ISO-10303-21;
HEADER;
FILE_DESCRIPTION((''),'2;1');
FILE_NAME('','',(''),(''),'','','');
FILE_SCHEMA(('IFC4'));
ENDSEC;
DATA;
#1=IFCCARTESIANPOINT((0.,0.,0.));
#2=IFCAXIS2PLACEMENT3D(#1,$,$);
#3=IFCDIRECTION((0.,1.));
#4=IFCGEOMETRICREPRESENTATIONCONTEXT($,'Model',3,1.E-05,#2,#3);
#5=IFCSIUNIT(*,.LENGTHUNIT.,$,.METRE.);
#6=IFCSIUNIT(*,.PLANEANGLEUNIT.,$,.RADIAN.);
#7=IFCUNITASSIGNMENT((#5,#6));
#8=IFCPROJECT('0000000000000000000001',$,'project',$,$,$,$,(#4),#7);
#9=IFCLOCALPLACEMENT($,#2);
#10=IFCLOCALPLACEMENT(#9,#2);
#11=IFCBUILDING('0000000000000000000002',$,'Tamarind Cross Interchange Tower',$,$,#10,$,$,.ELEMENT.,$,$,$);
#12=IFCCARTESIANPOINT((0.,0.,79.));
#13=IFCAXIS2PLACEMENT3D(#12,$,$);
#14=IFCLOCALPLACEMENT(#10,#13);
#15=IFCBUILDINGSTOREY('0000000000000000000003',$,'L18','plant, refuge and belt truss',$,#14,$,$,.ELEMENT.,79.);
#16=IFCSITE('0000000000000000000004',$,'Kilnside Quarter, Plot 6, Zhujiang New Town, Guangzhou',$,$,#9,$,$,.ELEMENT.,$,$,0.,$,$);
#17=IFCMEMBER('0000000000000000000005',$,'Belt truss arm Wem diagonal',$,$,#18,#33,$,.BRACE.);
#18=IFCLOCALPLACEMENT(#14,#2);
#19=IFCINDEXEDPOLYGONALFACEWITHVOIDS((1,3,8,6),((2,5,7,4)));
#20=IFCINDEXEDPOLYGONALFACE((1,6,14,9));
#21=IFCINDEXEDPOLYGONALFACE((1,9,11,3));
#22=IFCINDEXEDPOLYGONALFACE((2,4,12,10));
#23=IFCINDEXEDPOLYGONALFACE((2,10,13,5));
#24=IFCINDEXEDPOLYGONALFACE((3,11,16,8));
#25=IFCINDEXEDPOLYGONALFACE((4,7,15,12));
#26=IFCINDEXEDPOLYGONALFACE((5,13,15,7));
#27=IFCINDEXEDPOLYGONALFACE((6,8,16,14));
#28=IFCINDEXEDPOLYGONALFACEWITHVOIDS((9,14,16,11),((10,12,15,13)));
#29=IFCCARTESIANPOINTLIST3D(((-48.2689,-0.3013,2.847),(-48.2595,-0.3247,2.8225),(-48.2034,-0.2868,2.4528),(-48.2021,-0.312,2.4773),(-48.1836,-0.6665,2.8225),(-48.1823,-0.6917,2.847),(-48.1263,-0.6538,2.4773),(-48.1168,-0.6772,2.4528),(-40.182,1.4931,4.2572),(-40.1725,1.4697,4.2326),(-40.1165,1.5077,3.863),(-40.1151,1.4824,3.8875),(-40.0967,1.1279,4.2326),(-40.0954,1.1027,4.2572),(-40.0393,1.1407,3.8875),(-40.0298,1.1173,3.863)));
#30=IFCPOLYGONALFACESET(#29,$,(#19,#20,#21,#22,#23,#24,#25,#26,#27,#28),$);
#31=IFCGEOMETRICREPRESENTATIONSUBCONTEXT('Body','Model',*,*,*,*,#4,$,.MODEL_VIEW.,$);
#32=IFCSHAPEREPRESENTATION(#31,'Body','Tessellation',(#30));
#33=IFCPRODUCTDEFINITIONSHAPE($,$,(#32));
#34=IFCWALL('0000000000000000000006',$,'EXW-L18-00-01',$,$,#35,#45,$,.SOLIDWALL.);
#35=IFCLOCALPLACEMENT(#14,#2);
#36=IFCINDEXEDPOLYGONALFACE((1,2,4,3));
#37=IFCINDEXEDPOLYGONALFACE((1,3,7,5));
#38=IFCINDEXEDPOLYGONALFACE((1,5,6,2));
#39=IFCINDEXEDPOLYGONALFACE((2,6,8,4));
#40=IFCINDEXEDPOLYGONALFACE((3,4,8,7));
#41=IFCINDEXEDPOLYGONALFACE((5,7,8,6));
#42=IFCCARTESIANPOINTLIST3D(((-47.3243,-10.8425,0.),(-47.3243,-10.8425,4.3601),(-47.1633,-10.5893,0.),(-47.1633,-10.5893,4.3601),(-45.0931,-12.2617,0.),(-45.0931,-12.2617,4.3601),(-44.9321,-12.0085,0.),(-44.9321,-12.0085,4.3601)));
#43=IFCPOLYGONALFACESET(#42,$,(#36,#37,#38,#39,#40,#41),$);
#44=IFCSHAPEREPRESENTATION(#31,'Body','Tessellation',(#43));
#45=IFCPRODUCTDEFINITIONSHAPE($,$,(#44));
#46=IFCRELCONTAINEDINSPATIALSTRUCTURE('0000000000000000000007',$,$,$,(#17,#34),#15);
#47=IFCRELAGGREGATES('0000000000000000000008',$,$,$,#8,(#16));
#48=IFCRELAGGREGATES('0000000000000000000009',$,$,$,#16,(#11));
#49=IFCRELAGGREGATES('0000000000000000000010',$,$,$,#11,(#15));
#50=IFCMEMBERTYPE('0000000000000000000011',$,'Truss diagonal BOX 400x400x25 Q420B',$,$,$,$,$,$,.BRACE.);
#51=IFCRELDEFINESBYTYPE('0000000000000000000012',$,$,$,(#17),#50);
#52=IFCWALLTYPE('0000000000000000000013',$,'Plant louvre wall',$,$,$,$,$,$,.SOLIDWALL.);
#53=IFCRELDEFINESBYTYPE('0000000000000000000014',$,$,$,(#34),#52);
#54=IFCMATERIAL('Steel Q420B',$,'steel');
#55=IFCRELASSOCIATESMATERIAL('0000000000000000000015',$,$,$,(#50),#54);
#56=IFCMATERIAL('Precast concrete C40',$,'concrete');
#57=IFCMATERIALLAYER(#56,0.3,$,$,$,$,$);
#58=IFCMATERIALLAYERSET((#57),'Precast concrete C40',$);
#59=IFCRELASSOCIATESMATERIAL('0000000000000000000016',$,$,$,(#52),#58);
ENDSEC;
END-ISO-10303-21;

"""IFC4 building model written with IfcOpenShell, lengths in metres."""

from ifc_helpers import new_model, si_unit, direction, frame, frame_2d, origin, origin_2d, place, context, subcontext, project, spatial, rectangle, hollow_rectangle, extrude, material, layer, layer_set, material_profile, profile_set, type_object, element, save


model = new_model("IFC4")

# Units and contexts
model_context = context("Model", 3, precision=1e-05, world=origin(), true_north=direction((0.0, 1.0)))
body_context = subcontext(model_context, "Body", "Model", "MODEL_VIEW")
ifc_project = project(units=[si_unit("LENGTHUNIT", "METRE"), si_unit("PLANEANGLEUNIT", "RADIAN")], contexts=[model_context])

# Site, building, storey
site_placement = place(None, origin())
site = spatial("IfcSite", under=ifc_project, at=site_placement, Name="Kilnside Quarter, Plot 6, Zhujiang New Town, Guangzhou", CompositionType="ELEMENT", RefElevation=0.0)
building_placement = place(site_placement, origin())
building = spatial("IfcBuilding", under=site, at=building_placement, Name="Tamarind Cross Interchange Tower", CompositionType="ELEMENT")
storey_placement = place(building_placement, frame((0.0, 0.0, 79.0)))
storey = spatial("IfcBuildingStorey", under=building, at=storey_placement, Name="L18", Description="plant, refuge and belt truss", CompositionType="ELEMENT", Elevation=79.0)

# Member
ifc_material_1 = material(Name="Steel Q420B", Category="steel")
ifc_material_profile_1 = material_profile(ifc_material_1, hollow_rectangle(XDim=0.3999, YDim=0.3999, WallThickness=0.0249, at=origin_2d()), Name="BOX 400x400x25")
ifc_profile_set_1 = profile_set([ifc_material_profile_1], Name="Steel Q420B")
member_type_1 = type_object("IfcMemberType", Name="Truss diagonal BOX 400x400x25 Q420B", PredefinedType="BRACE", material=ifc_profile_set_1)
member_1_placement = place(storey_placement, frame((-48.1929, -0.4893, 2.6499), z_axis=(0.962409, 0.213552, 0.16782), x_axis=(-0.216625, 0.976255, 0.0)))
element("IfcMember", 1, at=member_1_placement, inside=storey, type_object=member_type_1, Name="Belt truss arm Wem diagonal", PredefinedType="BRACE", context=body_context, shape_type="SweptSolid", body=[
    extrude(hollow_rectangle(XDim=0.3999, YDim=0.3999, WallThickness=0.0249, at=origin_2d()), origin(), (0.0, 0.0, 1.0), 8.4028),
])

# Shared definitions
ifc_material_2 = material(Name="Precast concrete C40", Category="concrete")
ifc_layer = layer(ifc_material_2, 0.3)
ifc_layer_set = layer_set([ifc_layer], Name="Precast concrete C40")
wall_type = type_object("IfcWallType", Name="Plant louvre wall", PredefinedType="SOLIDWALL", material=ifc_layer_set)

# Wall
wall_1_placement = place(storey_placement, frame((-47.2439, -10.7158, 0.0), z_axis=(0.0, 0.0, 1.0), x_axis=(0.843776, -0.536696, 0.0)))
element("IfcWall", 2, at=wall_1_placement, inside=storey, type_object=wall_type, Name="EXW-L18-00-01", PredefinedType="SOLIDWALL", context=body_context, shape_type="SweptSolid", body=[
    extrude(rectangle(XDim=2.6443, YDim=0.3, at=frame_2d((1.3223, 0.0))), origin(), (0.0, 0.0, 1.0), 4.3601),
])

save(model, "model.ifc")
